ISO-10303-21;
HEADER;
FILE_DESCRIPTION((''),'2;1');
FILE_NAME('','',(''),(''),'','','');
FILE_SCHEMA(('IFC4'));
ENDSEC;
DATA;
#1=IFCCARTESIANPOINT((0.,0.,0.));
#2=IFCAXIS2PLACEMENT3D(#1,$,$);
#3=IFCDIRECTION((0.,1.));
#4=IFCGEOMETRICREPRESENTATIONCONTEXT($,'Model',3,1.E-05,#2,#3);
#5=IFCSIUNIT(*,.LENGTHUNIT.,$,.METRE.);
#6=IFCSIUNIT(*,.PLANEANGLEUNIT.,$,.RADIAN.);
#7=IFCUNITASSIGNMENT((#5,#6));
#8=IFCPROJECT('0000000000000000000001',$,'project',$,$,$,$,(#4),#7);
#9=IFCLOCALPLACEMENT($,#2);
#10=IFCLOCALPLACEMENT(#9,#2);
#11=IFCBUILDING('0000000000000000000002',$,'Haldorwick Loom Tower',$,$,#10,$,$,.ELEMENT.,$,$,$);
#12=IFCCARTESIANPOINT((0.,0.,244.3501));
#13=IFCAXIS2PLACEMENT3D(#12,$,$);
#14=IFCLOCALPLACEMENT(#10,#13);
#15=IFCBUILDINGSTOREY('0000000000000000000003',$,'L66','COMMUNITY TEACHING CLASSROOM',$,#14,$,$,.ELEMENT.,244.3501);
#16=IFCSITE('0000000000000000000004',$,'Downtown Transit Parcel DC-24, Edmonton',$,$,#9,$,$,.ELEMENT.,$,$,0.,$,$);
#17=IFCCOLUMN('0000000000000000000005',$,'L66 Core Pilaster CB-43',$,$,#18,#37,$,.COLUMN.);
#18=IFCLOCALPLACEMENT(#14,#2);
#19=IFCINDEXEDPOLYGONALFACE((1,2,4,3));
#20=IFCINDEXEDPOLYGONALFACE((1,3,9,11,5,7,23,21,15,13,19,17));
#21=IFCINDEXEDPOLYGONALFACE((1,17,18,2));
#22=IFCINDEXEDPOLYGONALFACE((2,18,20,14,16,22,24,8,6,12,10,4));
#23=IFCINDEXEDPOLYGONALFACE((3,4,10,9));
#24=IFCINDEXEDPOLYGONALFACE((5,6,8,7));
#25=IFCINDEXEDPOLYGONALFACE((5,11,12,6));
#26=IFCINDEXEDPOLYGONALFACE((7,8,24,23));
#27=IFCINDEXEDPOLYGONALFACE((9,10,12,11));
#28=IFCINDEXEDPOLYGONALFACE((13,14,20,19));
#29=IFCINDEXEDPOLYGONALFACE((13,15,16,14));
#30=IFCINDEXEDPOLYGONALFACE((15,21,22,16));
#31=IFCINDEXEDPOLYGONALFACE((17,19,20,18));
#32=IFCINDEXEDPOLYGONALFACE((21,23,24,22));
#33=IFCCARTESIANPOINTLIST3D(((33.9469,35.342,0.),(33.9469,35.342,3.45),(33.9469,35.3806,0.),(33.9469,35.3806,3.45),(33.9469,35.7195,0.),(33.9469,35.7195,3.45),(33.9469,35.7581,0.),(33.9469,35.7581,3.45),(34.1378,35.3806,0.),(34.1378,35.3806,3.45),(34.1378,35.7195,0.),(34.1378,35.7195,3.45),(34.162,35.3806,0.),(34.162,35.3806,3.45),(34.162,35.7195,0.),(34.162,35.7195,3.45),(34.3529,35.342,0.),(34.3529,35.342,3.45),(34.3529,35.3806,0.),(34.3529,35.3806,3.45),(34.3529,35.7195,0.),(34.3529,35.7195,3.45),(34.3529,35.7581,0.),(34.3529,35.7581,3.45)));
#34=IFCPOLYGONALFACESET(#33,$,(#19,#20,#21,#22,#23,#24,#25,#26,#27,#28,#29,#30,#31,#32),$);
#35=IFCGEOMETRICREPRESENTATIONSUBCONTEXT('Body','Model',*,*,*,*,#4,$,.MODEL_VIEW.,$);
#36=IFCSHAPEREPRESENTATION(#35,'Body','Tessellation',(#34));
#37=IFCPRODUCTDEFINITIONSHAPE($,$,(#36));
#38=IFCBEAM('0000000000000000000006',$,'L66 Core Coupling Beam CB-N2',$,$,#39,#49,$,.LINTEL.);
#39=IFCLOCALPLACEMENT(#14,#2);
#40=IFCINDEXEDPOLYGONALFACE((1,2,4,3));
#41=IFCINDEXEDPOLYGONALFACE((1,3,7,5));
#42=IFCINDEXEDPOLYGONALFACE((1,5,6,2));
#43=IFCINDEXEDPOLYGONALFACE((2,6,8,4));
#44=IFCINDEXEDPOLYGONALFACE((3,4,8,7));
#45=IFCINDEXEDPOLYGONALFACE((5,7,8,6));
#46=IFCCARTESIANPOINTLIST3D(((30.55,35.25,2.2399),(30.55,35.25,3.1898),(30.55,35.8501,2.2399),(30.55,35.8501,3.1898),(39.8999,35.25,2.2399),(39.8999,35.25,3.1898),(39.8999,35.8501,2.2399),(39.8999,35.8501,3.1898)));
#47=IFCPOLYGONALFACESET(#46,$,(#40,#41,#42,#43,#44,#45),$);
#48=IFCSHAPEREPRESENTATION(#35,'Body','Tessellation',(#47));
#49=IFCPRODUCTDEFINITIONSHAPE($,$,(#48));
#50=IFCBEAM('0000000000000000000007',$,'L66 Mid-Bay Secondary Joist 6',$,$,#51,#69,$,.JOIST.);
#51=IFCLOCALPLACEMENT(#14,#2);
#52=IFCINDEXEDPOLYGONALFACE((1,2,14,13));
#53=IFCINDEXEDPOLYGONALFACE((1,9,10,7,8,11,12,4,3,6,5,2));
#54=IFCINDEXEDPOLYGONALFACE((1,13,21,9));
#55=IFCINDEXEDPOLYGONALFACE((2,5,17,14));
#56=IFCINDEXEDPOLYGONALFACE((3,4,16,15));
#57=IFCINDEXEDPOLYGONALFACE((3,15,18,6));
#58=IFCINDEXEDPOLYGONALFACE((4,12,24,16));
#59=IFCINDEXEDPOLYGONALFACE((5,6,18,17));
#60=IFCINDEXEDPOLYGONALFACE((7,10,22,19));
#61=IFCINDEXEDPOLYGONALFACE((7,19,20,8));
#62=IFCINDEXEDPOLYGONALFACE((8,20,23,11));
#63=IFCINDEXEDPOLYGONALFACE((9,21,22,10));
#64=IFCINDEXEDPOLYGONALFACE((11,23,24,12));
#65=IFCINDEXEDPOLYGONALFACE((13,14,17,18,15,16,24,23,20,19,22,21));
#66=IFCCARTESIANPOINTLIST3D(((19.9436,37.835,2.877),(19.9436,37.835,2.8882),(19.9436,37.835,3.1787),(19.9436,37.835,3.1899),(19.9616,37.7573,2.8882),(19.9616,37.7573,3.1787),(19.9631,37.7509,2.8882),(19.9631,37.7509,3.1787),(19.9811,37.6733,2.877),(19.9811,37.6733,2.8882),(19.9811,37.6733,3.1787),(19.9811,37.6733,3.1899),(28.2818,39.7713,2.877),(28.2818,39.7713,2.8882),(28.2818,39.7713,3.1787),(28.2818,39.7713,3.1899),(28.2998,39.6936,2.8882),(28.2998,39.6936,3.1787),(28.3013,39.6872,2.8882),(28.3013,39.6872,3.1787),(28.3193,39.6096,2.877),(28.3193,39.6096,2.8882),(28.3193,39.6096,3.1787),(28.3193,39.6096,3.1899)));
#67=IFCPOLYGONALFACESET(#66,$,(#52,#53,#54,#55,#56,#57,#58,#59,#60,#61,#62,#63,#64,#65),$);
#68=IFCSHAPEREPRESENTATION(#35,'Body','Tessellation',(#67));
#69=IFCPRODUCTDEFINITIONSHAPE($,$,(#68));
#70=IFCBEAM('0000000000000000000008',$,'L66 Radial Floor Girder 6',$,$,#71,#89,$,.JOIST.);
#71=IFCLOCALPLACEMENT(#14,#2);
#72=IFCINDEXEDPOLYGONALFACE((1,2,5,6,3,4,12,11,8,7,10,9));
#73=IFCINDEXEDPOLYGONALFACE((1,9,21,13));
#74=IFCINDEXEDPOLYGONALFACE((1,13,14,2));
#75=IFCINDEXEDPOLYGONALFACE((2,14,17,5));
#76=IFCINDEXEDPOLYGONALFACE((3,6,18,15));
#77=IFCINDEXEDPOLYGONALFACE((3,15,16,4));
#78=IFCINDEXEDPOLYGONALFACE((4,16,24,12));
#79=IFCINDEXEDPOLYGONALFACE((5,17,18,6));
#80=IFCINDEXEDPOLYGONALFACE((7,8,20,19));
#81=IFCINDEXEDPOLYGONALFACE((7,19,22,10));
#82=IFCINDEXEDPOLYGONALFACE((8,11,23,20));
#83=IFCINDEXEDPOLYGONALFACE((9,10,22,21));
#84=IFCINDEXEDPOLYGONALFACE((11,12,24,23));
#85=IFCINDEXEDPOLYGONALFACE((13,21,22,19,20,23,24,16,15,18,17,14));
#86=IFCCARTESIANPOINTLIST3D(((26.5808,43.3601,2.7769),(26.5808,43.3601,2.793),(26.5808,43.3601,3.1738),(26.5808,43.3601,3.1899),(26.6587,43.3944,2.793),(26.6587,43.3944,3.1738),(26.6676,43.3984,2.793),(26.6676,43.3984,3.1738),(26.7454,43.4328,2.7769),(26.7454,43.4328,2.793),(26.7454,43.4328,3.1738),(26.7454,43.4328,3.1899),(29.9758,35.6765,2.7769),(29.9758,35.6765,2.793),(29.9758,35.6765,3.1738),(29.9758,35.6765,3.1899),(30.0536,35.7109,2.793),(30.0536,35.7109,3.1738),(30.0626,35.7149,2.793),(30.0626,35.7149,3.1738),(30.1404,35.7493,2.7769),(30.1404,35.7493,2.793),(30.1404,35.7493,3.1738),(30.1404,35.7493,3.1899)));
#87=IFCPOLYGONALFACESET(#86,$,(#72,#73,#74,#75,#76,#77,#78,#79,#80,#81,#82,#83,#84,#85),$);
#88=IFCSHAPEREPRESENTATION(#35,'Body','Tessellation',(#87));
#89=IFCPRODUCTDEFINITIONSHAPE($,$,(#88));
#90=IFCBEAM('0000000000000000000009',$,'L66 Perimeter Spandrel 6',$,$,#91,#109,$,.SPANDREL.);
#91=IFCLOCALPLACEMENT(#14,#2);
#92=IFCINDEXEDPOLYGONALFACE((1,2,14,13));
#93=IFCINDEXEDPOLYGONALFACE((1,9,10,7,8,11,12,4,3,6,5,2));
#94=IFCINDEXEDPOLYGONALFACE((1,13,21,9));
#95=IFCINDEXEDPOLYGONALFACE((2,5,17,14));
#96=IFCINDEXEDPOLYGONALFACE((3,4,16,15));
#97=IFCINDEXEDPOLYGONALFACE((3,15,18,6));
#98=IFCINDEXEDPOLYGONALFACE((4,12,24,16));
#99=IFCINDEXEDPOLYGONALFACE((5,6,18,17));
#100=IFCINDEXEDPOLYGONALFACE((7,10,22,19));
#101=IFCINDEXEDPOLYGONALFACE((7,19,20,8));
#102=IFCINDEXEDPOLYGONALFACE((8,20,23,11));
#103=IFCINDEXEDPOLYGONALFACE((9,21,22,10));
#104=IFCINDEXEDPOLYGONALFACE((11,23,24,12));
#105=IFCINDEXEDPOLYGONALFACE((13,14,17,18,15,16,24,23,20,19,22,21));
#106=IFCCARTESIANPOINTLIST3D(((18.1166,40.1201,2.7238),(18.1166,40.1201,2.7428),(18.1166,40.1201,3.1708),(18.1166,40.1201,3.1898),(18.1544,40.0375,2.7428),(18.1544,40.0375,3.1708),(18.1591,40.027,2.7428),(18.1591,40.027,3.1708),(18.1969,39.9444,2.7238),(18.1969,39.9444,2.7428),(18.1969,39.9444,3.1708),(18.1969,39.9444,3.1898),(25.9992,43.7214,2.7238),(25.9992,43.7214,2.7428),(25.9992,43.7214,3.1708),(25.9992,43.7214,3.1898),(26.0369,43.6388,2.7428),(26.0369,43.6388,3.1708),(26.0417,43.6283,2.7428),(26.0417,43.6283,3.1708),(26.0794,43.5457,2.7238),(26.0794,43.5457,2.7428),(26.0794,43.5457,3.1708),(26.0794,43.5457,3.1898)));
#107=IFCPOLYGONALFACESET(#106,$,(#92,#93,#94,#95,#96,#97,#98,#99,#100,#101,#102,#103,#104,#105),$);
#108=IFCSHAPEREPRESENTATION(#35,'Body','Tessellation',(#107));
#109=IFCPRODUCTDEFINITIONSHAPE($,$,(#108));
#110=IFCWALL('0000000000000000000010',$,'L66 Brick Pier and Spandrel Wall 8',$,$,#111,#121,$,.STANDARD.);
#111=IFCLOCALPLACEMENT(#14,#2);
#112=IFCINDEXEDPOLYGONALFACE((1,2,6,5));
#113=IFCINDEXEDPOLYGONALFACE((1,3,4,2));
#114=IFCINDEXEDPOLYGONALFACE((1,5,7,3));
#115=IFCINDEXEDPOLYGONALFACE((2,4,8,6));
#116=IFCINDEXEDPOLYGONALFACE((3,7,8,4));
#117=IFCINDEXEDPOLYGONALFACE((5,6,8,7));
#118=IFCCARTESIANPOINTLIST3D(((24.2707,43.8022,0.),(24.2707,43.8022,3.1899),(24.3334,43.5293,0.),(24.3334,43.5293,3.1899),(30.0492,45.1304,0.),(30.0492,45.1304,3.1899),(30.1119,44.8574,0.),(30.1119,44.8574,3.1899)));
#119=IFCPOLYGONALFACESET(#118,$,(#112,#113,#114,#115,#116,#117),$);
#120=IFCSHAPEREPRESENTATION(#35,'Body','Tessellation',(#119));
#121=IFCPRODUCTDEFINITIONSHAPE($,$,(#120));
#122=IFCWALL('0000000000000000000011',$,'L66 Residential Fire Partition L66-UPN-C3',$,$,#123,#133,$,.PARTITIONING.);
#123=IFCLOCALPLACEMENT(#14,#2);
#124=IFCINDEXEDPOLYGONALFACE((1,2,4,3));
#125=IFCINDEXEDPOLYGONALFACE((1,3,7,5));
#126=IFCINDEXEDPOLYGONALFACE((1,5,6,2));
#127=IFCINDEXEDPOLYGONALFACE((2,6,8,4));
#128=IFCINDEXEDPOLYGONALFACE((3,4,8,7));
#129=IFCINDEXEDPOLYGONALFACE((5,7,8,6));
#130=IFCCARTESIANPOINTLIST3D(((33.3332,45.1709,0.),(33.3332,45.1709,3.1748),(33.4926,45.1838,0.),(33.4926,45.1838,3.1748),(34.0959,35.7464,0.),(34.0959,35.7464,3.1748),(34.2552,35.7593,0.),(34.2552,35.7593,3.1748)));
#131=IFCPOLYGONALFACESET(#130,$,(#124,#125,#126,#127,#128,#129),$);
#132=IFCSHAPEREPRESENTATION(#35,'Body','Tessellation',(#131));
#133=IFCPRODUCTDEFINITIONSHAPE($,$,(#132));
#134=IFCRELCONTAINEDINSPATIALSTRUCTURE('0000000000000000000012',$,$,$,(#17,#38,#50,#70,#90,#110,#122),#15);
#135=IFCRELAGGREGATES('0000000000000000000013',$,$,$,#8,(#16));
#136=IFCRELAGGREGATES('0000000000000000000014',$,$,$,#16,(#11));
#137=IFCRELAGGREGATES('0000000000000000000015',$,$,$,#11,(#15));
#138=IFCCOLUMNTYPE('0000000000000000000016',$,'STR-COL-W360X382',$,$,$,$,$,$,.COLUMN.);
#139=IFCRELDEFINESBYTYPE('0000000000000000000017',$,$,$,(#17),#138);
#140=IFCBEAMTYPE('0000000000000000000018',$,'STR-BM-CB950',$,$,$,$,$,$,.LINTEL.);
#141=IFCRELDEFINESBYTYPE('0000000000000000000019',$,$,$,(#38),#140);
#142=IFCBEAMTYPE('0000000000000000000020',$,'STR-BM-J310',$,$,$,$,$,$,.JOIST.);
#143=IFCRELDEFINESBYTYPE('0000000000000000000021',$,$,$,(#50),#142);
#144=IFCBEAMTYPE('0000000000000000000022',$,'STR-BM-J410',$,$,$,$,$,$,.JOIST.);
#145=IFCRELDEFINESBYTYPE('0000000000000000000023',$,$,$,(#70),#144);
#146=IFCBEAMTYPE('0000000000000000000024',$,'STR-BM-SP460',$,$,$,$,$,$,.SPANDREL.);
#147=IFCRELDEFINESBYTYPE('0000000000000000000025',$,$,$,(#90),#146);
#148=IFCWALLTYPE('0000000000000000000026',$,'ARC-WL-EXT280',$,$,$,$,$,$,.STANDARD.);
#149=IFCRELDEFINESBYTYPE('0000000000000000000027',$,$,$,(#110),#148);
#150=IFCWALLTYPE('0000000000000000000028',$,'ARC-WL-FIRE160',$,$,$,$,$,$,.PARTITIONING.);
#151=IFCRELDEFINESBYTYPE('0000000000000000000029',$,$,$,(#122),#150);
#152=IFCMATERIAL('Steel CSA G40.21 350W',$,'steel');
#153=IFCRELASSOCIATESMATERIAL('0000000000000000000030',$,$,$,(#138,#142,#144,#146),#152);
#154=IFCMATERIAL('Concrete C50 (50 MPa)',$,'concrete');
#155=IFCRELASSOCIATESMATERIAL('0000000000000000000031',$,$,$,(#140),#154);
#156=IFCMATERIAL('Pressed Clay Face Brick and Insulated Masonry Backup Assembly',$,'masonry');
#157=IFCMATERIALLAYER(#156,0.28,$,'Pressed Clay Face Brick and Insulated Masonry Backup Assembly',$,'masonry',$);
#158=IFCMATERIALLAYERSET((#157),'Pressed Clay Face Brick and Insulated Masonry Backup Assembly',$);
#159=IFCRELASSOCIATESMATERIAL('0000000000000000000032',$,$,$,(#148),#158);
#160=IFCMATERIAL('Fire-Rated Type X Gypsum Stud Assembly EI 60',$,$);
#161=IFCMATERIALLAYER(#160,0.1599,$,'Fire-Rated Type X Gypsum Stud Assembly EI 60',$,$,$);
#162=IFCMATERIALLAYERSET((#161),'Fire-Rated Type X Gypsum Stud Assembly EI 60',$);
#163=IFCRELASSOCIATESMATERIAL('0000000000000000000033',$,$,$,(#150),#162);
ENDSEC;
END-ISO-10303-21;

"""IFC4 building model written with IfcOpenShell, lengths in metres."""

from ifc_helpers import new_model, si_unit, direction, frame, frame_2d, origin, origin_2d, place, context, subcontext, project, spatial, rectangle, i_section, extrude, material, layer, layer_set, material_profile, profile_set, type_object, element, save


model = new_model("IFC4")

# Units and contexts
model_context = context("Model", 3, precision=1e-05, world=origin(), true_north=direction((0.0, 1.0)))
body_context = subcontext(model_context, "Body", "Model", "MODEL_VIEW")
ifc_project = project(units=[si_unit("LENGTHUNIT", "METRE"), si_unit("PLANEANGLEUNIT", "RADIAN")], contexts=[model_context])

# Site, building, storey
site_placement = place(None, origin())
site = spatial("IfcSite", under=ifc_project, at=site_placement, Name="Downtown Transit Parcel DC-24, Edmonton", CompositionType="ELEMENT", RefElevation=0.0)
building_placement = place(site_placement, origin())
building = spatial("IfcBuilding", under=site, at=building_placement, Name="Haldorwick Loom Tower", CompositionType="ELEMENT")
storey_placement = place(building_placement, frame((0.0, 0.0, 244.3501)))
storey = spatial("IfcBuildingStorey", under=building, at=storey_placement, Name="L66", Description="COMMUNITY TEACHING CLASSROOM", CompositionType="ELEMENT", Elevation=244.3501)

# Column
ifc_material_1 = material(Name="Steel CSA G40.21 350W", Category="steel")
ifc_material_profile_1 = material_profile(ifc_material_1, i_section(OverallWidth=0.406, OverallDepth=0.416, WebThickness=0.0242, FlangeThickness=0.0386, at=origin_2d()), Name="W360X382", Category="steel")
ifc_profile_set_1 = profile_set([ifc_material_profile_1], Name="Steel CSA G40.21 350W")
column_type_1 = type_object("IfcColumnType", Name="STR-COL-W360X382", PredefinedType="COLUMN", material=ifc_profile_set_1)
for number, where, z_axis, x_axis, name in (
    (1, (34.1499, 35.55, 0.0), (0.0, 0.0, 1.0), (1.0, 0.0, 0.0), "L66 Core Pilaster CB-43"),
):
    element("IfcColumn", number, at=place(storey_placement, frame(where, z_axis=z_axis, x_axis=x_axis)), inside=storey, type_object=column_type_1, Name=name, PredefinedType="COLUMN", context=body_context, shape_type="SweptSolid", body=[
        extrude(i_section(OverallWidth=0.406, OverallDepth=0.416, WebThickness=0.0242, FlangeThickness=0.0386, at=origin_2d()), origin(), (0.0, 0.0, 1.0), 3.45),
    ])

# Beams
ifc_material_2 = material(Name="Concrete C50 (50 MPa)", Category="concrete")
ifc_material_profile_2 = material_profile(ifc_material_2, rectangle(XDim=0.6001, YDim=0.95, at=origin_2d()), Name="RC600X950", Category="concrete")
ifc_profile_set_2 = profile_set([ifc_material_profile_2], Name="Concrete C50 (50 MPa)")
beam_type_1 = type_object("IfcBeamType", Name="STR-BM-CB950", PredefinedType="LINTEL", material=ifc_profile_set_2)
beam_1_placement = place(storey_placement, frame((30.55, 35.55, 2.7148), z_axis=(1.0, 0.0, 0.0), x_axis=(0.0, 1.0, 0.0)))
element("IfcBeam", 2, at=beam_1_placement, inside=storey, type_object=beam_type_1, Name="L66 Core Coupling Beam CB-N2", PredefinedType="LINTEL", context=body_context, shape_type="SweptSolid", body=[
    extrude(rectangle(XDim=0.6001, YDim=0.95, at=origin_2d()), origin(), (0.0, 0.0, 1.0), 9.3499),
])
ifc_material_profile_3 = material_profile(ifc_material_1, i_section(OverallWidth=0.166, OverallDepth=0.313, WebThickness=0.0066, FlangeThickness=0.0112, at=origin_2d()), Name="W310X45", Category="steel")
ifc_profile_set_3 = profile_set([ifc_material_profile_3], Name="Steel CSA G40.21 350W")
beam_type_2 = type_object("IfcBeamType", Name="STR-BM-J310", PredefinedType="JOIST", material=ifc_profile_set_3)
beam_2_placement = place(storey_placement, frame((28.3005, 39.6904, 3.0334), z_axis=(-0.974081, -0.226201, 0.0), x_axis=(0.226201, -0.974081, 0.0)))
element("IfcBeam", 3, at=beam_2_placement, inside=storey, type_object=beam_type_2, Name="L66 Mid-Bay Secondary Joist 6", PredefinedType="JOIST", context=body_context, shape_type="SweptSolid", body=[
    extrude(i_section(OverallWidth=0.166, OverallDepth=0.313, WebThickness=0.0066, FlangeThickness=0.0112, at=origin_2d()), origin(), (0.0, 0.0, 1.0), 8.5601),
])
ifc_material_profile_4 = material_profile(ifc_material_1, i_section(OverallWidth=0.1799, OverallDepth=0.4131, WebThickness=0.0098, FlangeThickness=0.0161, at=origin_2d()), Name="W410X74", Category="steel")
ifc_profile_set_4 = profile_set([ifc_material_profile_4], Name="Steel CSA G40.21 350W")
beam_type_3 = type_object("IfcBeamType", Name="STR-BM-J410", PredefinedType="JOIST", material=ifc_profile_set_4)
beam_3_placement = place(storey_placement, frame((30.0581, 35.7129, 2.9834), z_axis=(-0.404158, 0.914689, 0.0), x_axis=(-0.914689, -0.404158, 0.0)))
element("IfcBeam", 4, at=beam_3_placement, inside=storey, type_object=beam_type_3, Name="L66 Radial Floor Girder 6", PredefinedType="JOIST", context=body_context, shape_type="SweptSolid", body=[
    extrude(i_section(OverallWidth=0.1799, OverallDepth=0.4131, WebThickness=0.0098, FlangeThickness=0.0161, at=origin_2d()), origin(), (0.0, 0.0, 1.0), 8.4001),
])
ifc_material_profile_5 = material_profile(ifc_material_1, i_section(OverallWidth=0.1931, OverallDepth=0.4661, WebThickness=0.0115, FlangeThickness=0.019, at=origin_2d()), Name="W460X97", Category="steel")
ifc_profile_set_5 = profile_set([ifc_material_profile_5], Name="Steel CSA G40.21 350W")
beam_type_4 = type_object("IfcBeamType", Name="STR-BM-SP460", PredefinedType="SPANDREL", material=ifc_profile_set_5)
beam_4_placement = place(storey_placement, frame((26.0393, 43.6335, 2.9568), z_axis=(-0.909568, -0.415555, 0.0), x_axis=(0.415555, -0.909568, 0.0)))
element("IfcBeam", 5, at=beam_4_placement, inside=storey, type_object=beam_type_4, Name="L66 Perimeter Spandrel 6", PredefinedType="SPANDREL", context=body_context, shape_type="SweptSolid", body=[
    extrude(i_section(OverallWidth=0.1931, OverallDepth=0.4661, WebThickness=0.0115, FlangeThickness=0.019, at=origin_2d()), origin(), (0.0, 0.0, 1.0), 8.6663),
])

# Walls
ifc_material_3 = material(Name="Pressed Clay Face Brick and Insulated Masonry Backup Assembly", Category="masonry")
ifc_layer_1 = layer(ifc_material_3, 0.28, Name="Pressed Clay Face Brick and Insulated Masonry Backup Assembly", Category="masonry")
ifc_layer_set_1 = layer_set([ifc_layer_1], Name="Pressed Clay Face Brick and Insulated Masonry Backup Assembly")
wall_type_1 = type_object("IfcWallType", Name="ARC-WL-EXT280", PredefinedType="STANDARD", material=ifc_layer_set_1)
wall_1_placement = place(storey_placement, frame((30.0806, 44.9939, 0.0), z_axis=(0.0, 0.0, 1.0), x_axis=(-0.97459, -0.223996, 0.0)))
element("IfcWall", 6, at=wall_1_placement, inside=storey, type_object=wall_type_1, Name="L66 Brick Pier and Spandrel Wall 8", PredefinedType="STANDARD", context=body_context, shape_type="SweptSolid", body=[
    extrude(rectangle(XDim=5.9292, YDim=0.28, at=frame_2d((2.9646, 0.0))), origin(), (0.0, 0.0, 1.0), 3.1899),
])
ifc_material_4 = material(Name="Fire-Rated Type X Gypsum Stud Assembly EI 60")
ifc_layer_2 = layer(ifc_material_4, 0.1599, Name="Fire-Rated Type X Gypsum Stud Assembly EI 60")
ifc_layer_set_2 = layer_set([ifc_layer_2], Name="Fire-Rated Type X Gypsum Stud Assembly EI 60")
wall_type_2 = type_object("IfcWallType", Name="ARC-WL-FIRE160", PredefinedType="PARTITIONING", material=ifc_layer_set_2)
wall_2_placement = place(storey_placement, frame((34.1755, 35.7529, 0.0), z_axis=(0.0, 0.0, 1.0), x_axis=(-0.080663, 0.996741, 0.0)))
element("IfcWall", 7, at=wall_2_placement, inside=storey, type_object=wall_type_2, Name="L66 Residential Fire Partition L66-UPN-C3", PredefinedType="PARTITIONING", context=body_context, shape_type="SweptSolid", body=[
    extrude(rectangle(XDim=9.4553, YDim=0.1599, at=frame_2d((4.7275, 0.0))), origin(), (0.0, 0.0, 1.0), 3.1748),
])

save(model, "model.ifc")
